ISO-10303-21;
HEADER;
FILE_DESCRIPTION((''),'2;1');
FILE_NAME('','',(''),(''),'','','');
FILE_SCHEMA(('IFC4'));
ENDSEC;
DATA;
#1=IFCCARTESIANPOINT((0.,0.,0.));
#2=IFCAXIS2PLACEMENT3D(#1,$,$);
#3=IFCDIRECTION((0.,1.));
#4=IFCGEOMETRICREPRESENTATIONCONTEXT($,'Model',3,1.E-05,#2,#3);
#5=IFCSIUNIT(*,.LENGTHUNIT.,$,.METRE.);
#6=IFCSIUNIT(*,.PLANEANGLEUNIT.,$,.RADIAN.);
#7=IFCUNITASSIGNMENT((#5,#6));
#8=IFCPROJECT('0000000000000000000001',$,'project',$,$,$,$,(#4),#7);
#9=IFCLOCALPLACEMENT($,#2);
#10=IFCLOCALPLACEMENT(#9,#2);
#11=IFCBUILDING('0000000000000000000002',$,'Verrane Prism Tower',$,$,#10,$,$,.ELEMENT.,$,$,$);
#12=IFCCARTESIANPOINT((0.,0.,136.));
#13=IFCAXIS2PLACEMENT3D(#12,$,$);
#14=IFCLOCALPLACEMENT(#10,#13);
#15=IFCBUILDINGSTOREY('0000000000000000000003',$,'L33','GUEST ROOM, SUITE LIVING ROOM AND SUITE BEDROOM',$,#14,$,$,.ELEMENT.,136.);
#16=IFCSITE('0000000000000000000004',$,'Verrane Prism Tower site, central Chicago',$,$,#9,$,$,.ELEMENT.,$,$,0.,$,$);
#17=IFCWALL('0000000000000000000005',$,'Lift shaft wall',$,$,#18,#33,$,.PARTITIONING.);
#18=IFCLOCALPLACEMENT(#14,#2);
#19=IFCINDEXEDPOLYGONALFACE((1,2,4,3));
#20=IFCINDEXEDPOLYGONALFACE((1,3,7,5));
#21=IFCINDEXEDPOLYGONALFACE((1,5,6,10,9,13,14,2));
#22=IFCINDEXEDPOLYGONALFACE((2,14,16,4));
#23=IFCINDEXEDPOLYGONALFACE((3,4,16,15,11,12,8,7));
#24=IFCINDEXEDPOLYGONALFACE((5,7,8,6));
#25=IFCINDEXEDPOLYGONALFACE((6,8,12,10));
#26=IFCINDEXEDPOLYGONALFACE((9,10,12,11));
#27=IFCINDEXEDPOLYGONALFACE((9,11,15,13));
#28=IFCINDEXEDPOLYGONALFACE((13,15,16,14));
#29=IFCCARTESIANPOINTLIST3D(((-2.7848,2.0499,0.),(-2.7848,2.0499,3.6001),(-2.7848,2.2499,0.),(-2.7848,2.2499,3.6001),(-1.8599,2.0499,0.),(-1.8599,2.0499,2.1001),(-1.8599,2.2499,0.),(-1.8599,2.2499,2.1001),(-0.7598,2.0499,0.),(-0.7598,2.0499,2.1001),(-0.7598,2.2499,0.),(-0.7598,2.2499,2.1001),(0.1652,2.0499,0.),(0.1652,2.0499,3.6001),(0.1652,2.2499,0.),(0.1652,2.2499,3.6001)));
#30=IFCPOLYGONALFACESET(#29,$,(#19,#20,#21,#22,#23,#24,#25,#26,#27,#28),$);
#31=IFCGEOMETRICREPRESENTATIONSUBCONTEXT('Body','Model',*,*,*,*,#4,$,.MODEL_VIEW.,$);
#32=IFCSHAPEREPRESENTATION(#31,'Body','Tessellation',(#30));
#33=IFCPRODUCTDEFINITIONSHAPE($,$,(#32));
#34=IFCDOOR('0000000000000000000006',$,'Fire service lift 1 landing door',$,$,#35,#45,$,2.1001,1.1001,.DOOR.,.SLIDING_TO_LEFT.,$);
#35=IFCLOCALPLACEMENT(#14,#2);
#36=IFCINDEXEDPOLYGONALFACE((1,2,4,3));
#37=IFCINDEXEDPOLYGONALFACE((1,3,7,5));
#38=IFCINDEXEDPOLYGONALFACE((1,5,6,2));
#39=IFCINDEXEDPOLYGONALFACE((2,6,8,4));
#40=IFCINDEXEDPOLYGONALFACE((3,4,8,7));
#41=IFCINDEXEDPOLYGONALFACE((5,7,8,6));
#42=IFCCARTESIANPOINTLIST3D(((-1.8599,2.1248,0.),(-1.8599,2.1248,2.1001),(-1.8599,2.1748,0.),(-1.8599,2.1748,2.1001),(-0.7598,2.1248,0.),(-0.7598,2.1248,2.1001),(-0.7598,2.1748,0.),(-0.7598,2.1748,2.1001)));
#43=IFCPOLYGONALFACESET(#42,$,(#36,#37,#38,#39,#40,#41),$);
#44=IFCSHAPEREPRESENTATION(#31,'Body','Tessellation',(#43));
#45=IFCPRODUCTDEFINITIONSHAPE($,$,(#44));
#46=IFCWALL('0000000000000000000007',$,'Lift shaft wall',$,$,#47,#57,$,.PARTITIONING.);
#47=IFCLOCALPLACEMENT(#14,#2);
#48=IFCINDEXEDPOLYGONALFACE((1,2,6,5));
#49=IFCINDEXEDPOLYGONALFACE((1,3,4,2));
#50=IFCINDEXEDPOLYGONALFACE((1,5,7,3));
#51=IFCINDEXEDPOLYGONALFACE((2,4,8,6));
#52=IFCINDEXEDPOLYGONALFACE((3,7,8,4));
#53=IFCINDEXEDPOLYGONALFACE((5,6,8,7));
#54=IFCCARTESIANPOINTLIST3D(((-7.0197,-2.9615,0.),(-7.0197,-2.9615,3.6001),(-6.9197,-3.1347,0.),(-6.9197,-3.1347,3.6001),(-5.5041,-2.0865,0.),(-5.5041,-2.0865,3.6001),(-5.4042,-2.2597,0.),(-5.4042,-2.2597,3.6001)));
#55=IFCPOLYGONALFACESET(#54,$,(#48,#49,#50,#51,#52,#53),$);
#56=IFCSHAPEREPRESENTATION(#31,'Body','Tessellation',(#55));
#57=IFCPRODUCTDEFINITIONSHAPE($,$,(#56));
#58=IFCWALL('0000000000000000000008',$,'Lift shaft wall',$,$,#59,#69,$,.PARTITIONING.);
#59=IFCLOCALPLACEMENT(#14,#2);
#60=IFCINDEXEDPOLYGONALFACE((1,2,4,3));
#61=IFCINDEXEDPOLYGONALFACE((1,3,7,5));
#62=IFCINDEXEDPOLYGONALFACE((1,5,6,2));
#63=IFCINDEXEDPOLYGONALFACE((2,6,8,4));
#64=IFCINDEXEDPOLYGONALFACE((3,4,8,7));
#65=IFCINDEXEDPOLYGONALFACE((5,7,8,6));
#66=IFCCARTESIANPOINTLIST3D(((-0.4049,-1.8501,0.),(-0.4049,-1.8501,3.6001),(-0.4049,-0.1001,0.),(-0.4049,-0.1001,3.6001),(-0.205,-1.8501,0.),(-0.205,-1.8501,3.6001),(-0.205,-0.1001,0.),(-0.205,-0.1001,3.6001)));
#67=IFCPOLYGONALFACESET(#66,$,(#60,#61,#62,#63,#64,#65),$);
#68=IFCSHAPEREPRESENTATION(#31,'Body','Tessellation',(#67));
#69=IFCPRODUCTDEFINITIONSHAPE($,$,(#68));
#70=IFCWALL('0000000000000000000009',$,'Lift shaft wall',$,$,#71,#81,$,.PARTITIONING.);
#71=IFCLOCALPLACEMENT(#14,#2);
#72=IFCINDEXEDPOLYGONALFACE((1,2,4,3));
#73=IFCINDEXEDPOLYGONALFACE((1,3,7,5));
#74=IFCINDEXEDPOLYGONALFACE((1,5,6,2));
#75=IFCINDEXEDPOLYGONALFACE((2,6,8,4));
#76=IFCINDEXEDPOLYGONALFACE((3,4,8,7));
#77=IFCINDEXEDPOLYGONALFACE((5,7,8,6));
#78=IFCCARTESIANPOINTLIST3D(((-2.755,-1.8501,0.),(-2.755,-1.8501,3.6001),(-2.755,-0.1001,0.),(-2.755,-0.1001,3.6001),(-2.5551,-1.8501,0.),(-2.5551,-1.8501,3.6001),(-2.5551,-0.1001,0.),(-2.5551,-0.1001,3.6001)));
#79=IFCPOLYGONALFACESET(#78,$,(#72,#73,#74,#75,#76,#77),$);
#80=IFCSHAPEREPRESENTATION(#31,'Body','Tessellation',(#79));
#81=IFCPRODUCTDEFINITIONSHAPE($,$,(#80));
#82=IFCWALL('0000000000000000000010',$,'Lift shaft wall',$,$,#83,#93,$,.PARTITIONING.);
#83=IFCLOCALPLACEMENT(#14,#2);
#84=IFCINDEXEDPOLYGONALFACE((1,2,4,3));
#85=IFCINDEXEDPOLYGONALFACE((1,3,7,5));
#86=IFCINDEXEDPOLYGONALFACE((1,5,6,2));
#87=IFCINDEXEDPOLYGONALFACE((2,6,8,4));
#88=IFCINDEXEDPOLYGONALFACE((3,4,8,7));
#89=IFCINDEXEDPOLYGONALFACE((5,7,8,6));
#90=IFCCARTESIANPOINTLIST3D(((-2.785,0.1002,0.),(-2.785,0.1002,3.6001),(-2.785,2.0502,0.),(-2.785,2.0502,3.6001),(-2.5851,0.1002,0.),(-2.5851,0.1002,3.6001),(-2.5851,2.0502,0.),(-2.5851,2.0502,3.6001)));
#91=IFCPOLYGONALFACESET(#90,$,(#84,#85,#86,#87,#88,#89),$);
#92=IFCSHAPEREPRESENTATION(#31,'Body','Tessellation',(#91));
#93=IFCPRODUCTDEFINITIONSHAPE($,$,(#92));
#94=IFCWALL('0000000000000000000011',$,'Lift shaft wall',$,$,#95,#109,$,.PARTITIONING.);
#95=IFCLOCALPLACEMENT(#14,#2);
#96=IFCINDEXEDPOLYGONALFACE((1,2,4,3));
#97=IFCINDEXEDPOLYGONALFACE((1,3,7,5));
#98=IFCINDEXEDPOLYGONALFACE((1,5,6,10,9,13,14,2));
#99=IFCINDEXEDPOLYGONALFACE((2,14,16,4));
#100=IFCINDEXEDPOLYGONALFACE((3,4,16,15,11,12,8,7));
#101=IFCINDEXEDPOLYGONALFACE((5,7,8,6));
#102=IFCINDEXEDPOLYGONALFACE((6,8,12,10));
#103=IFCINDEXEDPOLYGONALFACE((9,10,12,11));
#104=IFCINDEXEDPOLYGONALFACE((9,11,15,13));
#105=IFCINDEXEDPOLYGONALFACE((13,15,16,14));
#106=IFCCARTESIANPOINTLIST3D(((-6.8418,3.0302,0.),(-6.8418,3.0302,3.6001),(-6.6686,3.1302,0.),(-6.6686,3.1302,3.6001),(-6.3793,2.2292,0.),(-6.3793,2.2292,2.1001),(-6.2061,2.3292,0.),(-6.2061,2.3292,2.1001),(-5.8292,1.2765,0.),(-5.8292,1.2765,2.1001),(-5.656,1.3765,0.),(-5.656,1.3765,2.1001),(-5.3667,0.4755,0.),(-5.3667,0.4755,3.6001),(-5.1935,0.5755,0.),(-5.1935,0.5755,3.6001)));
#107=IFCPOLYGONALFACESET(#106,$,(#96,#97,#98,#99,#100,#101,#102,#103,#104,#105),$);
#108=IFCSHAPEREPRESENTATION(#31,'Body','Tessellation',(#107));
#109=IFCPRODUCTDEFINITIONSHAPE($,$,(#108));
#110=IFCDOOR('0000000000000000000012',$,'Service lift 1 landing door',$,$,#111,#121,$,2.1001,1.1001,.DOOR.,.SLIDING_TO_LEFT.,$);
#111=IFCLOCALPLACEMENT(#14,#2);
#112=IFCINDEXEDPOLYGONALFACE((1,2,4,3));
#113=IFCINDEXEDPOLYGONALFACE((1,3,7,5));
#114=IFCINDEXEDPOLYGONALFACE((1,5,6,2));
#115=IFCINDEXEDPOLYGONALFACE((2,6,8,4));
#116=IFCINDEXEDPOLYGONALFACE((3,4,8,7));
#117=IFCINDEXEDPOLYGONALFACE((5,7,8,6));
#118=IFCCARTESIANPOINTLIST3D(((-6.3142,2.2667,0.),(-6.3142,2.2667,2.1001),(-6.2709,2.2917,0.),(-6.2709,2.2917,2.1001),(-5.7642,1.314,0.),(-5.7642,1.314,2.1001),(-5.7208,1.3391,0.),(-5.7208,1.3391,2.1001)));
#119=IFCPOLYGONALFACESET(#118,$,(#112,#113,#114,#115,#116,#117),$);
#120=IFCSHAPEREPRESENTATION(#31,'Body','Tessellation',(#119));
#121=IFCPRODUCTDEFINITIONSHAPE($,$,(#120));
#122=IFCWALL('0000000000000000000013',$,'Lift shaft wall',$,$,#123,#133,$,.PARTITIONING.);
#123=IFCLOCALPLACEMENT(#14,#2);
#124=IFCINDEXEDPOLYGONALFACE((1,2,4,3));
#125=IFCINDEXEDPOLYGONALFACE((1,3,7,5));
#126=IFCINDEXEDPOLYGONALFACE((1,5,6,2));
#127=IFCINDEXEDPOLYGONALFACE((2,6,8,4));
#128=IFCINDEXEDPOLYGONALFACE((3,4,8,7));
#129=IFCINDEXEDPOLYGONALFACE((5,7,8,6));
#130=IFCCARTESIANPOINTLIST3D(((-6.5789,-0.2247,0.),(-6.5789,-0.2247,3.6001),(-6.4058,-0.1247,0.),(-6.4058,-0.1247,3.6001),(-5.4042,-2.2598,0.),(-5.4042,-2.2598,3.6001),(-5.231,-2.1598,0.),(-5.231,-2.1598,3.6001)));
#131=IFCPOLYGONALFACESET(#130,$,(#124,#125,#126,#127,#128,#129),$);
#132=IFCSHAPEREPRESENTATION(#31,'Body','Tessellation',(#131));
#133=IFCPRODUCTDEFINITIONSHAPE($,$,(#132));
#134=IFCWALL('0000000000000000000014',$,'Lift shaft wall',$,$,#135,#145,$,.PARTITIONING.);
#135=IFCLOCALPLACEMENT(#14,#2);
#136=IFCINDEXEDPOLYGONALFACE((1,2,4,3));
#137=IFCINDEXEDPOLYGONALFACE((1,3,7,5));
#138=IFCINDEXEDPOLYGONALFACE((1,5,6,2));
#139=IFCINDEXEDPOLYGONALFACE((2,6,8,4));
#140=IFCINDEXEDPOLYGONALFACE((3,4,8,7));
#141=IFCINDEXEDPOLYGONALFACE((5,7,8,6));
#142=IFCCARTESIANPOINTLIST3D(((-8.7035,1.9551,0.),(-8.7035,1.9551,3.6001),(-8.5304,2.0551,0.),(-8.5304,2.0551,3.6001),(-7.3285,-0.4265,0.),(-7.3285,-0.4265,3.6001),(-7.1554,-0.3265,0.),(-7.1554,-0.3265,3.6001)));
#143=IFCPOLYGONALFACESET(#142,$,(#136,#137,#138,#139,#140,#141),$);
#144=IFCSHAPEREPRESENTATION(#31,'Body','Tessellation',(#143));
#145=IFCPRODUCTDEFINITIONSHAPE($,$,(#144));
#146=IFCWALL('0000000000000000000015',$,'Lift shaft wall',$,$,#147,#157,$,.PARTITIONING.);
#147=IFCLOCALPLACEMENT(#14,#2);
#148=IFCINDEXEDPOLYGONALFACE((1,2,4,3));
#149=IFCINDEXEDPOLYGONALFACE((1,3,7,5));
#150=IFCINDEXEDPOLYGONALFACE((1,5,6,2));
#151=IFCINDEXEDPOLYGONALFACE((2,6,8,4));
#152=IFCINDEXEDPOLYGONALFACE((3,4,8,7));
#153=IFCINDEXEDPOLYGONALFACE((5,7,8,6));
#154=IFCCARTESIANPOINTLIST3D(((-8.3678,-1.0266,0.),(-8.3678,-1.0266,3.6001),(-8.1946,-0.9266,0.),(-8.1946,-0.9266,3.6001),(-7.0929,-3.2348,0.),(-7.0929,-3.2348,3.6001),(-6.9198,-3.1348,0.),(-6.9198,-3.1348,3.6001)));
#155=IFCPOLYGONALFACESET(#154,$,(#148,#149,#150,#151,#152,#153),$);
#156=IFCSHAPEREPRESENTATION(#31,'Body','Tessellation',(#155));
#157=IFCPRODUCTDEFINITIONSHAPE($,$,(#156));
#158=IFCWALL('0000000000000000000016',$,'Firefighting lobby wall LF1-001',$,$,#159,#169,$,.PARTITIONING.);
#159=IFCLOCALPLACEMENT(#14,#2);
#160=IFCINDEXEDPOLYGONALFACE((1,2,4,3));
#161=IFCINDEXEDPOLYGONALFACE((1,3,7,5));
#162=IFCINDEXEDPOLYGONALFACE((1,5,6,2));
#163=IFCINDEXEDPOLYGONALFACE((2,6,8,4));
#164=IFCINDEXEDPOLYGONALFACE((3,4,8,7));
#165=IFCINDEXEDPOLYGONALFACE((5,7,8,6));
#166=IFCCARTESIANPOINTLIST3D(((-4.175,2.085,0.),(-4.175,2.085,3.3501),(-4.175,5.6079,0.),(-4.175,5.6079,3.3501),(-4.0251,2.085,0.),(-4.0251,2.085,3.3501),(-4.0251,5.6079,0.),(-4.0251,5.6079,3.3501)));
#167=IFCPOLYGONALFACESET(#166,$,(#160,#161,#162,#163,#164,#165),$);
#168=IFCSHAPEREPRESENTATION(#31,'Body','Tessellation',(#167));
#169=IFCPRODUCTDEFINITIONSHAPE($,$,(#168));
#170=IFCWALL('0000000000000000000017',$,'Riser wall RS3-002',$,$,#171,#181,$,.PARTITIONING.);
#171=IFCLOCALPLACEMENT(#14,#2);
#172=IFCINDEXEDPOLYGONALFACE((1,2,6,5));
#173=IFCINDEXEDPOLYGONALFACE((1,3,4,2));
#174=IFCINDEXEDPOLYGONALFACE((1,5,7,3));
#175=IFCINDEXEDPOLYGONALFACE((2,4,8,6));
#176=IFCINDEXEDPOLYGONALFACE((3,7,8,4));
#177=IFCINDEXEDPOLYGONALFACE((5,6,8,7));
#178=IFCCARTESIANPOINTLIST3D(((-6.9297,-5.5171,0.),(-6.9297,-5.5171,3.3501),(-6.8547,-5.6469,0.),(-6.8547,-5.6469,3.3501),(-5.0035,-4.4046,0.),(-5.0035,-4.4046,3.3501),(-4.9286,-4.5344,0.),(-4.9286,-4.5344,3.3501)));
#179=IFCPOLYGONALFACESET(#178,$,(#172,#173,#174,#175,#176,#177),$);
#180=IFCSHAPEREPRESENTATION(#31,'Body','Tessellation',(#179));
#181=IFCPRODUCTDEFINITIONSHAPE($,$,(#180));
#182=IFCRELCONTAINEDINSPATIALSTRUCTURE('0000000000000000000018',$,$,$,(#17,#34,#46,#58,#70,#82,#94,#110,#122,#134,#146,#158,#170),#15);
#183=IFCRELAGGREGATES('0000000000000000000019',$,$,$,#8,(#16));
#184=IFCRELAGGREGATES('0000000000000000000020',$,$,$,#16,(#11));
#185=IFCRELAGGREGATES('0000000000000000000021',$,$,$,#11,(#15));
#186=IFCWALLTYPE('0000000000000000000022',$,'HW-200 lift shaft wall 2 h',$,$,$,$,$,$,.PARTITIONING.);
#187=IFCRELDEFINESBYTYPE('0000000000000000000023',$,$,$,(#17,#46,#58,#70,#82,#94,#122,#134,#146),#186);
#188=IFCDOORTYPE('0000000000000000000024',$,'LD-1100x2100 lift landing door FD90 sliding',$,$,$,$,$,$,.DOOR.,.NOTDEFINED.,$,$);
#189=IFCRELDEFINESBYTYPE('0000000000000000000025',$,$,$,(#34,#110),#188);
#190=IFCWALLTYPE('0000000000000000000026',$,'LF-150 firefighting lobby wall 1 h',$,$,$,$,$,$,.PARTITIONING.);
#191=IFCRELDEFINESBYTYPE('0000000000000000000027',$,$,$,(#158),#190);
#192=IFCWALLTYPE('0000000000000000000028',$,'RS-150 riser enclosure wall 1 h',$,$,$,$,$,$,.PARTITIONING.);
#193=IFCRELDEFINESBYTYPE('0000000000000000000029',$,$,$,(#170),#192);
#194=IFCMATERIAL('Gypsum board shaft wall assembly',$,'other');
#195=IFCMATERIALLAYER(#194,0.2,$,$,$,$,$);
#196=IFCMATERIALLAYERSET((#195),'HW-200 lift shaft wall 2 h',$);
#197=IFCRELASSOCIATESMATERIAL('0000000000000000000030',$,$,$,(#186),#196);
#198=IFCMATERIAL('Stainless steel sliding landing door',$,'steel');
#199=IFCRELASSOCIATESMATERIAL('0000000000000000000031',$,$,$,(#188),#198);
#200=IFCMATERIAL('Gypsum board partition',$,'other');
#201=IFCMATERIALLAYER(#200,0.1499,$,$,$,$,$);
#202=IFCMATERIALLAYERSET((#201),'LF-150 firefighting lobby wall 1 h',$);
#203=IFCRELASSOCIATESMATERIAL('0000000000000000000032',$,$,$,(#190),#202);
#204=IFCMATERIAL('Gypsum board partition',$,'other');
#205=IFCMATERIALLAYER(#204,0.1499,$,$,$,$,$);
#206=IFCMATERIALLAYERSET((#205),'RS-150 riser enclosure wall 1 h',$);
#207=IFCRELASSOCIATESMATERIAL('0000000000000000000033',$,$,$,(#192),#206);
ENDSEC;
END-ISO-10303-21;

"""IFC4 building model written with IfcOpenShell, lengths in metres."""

from ifc_helpers import new_model, si_unit, direction, frame, frame_2d, origin, place, context, subcontext, project, spatial, rectangle, extrude, material, layer, layer_set, type_object, element, fill, save


model = new_model("IFC4")

# Units and contexts
model_context = context("Model", 3, precision=1e-05, world=origin(), true_north=direction((0.0, 1.0)))
body_context = subcontext(model_context, "Body", "Model", "MODEL_VIEW")
ifc_project = project(units=[si_unit("LENGTHUNIT", "METRE"), si_unit("PLANEANGLEUNIT", "RADIAN")], contexts=[model_context])

# Site, building, storey
site_placement = place(None, origin())
site = spatial("IfcSite", under=ifc_project, at=site_placement, Name="Verrane Prism Tower site, central Chicago", CompositionType="ELEMENT", RefElevation=0.0)
building_placement = place(site_placement, origin())
building = spatial("IfcBuilding", under=site, at=building_placement, Name="Verrane Prism Tower", CompositionType="ELEMENT")
storey_placement = place(building_placement, frame((0.0, 0.0, 136.0)))
storey = spatial("IfcBuildingStorey", under=building, at=storey_placement, Name="L33", Description="GUEST ROOM, SUITE LIVING ROOM AND SUITE BEDROOM", CompositionType="ELEMENT", Elevation=136.0)

# Shared definitions
ifc_material_1 = material(Name="Gypsum board shaft wall assembly", Category="other")
ifc_layer_1 = layer(ifc_material_1, 0.2)
ifc_layer_set_1 = layer_set([ifc_layer_1], Name="HW-200 lift shaft wall 2 h")
wall_type_1 = type_object("IfcWallType", Name="HW-200 lift shaft wall 2 h", PredefinedType="PARTITIONING", material=ifc_layer_set_1)
ifc_material_2 = material(Name="Stainless steel sliding landing door", Category="steel")
door_type_1 = type_object("IfcDoorType", Name="LD-1100x2100 lift landing door FD90 sliding", OperationType="NOTDEFINED", PredefinedType="DOOR", material=ifc_material_2)

# Wall, opening, door
wall_1_placement = place(storey_placement, frame((-2.7849, 2.1499, 0.0), z_axis=(0.0, 0.0, 1.0), x_axis=(1.0, 0.0, 0.0)))
wall_1 = element("IfcWall", 1, at=wall_1_placement, inside=storey, type_object=wall_type_1, Name="Lift shaft wall", PredefinedType="PARTITIONING", context=body_context, shape_type="SweptSolid", body=[
    extrude(rectangle(XDim=2.95, YDim=0.2, at=frame_2d((1.4751, 0.0))), origin(), (0.0, 0.0, 1.0), 3.6001),
])
opening_1_placement = place(wall_1_placement, frame((0.925, 0.0, 0.0)))
opening_1 = element("IfcOpeningElement", 2, at=opening_1_placement, cuts=wall_1, PredefinedType="OPENING", context=body_context, shape_type="SweptSolid", body=[
    extrude(rectangle(XDim=1.1001, YDim=2.1001, at=frame_2d((0.55, 1.05))), frame((0.0, 0.1099, 0.0), z_axis=(0.0, -1.0, 0.0), x_axis=(1.0, 0.0, 0.0)), (0.0, 0.0, 1.0), 0.22),
])
door_1_placement = place(opening_1_placement, origin())
door_1 = element("IfcDoor", 3, at=door_1_placement, inside=storey, type_object=door_type_1, Name="Fire service lift 1 landing door", OperationType="SLIDING_TO_LEFT", OverallHeight=2.1001, OverallWidth=1.1001, PredefinedType="DOOR", context=body_context, shape_type="SweptSolid", body=[
    extrude(rectangle(XDim=1.1001, YDim=2.1001, at=frame_2d((0.55, 1.05))), frame((0.0, 0.0249, 0.0), z_axis=(0.0, -1.0, 0.0), x_axis=(1.0, 0.0, 0.0)), (0.0, 0.0, 1.0), 0.05),
])
fill(opening_1, door_1)

# Walls
for number, where, z_axis, x_axis, name in (
    (4, (-6.9697, -3.0481, 0.0), (0.0, 0.0, 1.0), (0.866037, 0.49998, 0.0), "Lift shaft wall"),
    (5, (-0.3049, -1.8501, 0.0), (0.0, 0.0, 1.0), (0.0, 1.0, 0.0), "Lift shaft wall"),
    (6, (-2.655, -1.8501, 0.0), (0.0, 0.0, 1.0), (0.0, 1.0, 0.0), "Lift shaft wall"),
):
    element("IfcWall", number, at=place(storey_placement, frame(where, z_axis=z_axis, x_axis=x_axis)), inside=storey, type_object=wall_type_1, Name=name, PredefinedType="PARTITIONING", context=body_context, shape_type="SweptSolid", body=[
        extrude(rectangle(XDim=1.75, YDim=0.2, at=frame_2d((0.875, 0.0))), origin(), (0.0, 0.0, 1.0), 3.6001),
    ])
wall_2_placement = place(storey_placement, frame((-2.6851, 0.1001, 0.0), z_axis=(0.0, 0.0, 1.0), x_axis=(0.0, 1.0, 0.0)))
element("IfcWall", 7, at=wall_2_placement, inside=storey, type_object=wall_type_1, Name="Lift shaft wall", PredefinedType="PARTITIONING", context=body_context, shape_type="SweptSolid", body=[
    extrude(rectangle(XDim=1.95, YDim=0.2, at=frame_2d((0.9751, 0.0))), origin(), (0.0, 0.0, 1.0), 3.6001),
])

# Wall, opening, door
wall_3_placement = place(storey_placement, frame((-5.28, 0.5254, 0.0), z_axis=(0.0, 0.0, 1.0), x_axis=(-0.500038, 0.866004, 0.0)))
wall_3 = element("IfcWall", 8, at=wall_3_placement, inside=storey, type_object=wall_type_1, Name="Lift shaft wall", PredefinedType="PARTITIONING", context=body_context, shape_type="SweptSolid", body=[
    extrude(rectangle(XDim=2.95, YDim=0.2, at=frame_2d((1.4751, 0.0))), origin(), (0.0, 0.0, 1.0), 3.6001),
])
opening_2_placement = place(wall_3_placement, frame((0.925, 0.0, 0.0)))
opening_2 = element("IfcOpeningElement", 9, at=opening_2_placement, cuts=wall_3, PredefinedType="OPENING", context=body_context, shape_type="SweptSolid", body=[
    extrude(rectangle(XDim=1.1001, YDim=2.1001, at=frame_2d((0.55, 1.05))), frame((0.0, 0.1099, 0.0), z_axis=(0.0, -1.0, 0.0), x_axis=(1.0, 0.0, 0.0)), (0.0, 0.0, 1.0), 0.22),
])
door_2_placement = place(opening_2_placement, origin())
door_2 = element("IfcDoor", 10, at=door_2_placement, inside=storey, type_object=door_type_1, Name="Service lift 1 landing door", OperationType="SLIDING_TO_LEFT", OverallHeight=2.1001, OverallWidth=1.1001, PredefinedType="DOOR", context=body_context, shape_type="SweptSolid", body=[
    extrude(rectangle(XDim=1.1001, YDim=2.1001, at=frame_2d((0.55, 1.05))), frame((0.0, 0.0249, 0.0), z_axis=(0.0, -1.0, 0.0), x_axis=(1.0, 0.0, 0.0)), (0.0, 0.0, 1.0), 0.05),
])
fill(opening_2, door_2)

# Walls
wall_4_placement = place(storey_placement, frame((-5.3176, -2.2097, 0.0), z_axis=(0.0, 0.0, 1.0), x_axis=(-0.499938, 0.866061, 0.0)))
element("IfcWall", 11, at=wall_4_placement, inside=storey, type_object=wall_type_1, Name="Lift shaft wall", PredefinedType="PARTITIONING", context=body_context, shape_type="SweptSolid", body=[
    extrude(rectangle(XDim=2.3499, YDim=0.2, at=frame_2d((1.1748, 0.0))), origin(), (0.0, 0.0, 1.0), 3.6001),
])
wall_5_placement = place(storey_placement, frame((-7.2419, -0.3765, 0.0), z_axis=(0.0, 0.0, 1.0), x_axis=(-0.499997, 0.866027, 0.0)))
element("IfcWall", 12, at=wall_5_placement, inside=storey, type_object=wall_type_1, Name="Lift shaft wall", PredefinedType="PARTITIONING", context=body_context, shape_type="SweptSolid", body=[
    extrude(rectangle(XDim=2.75, YDim=0.2, at=frame_2d((1.375, 0.0))), origin(), (0.0, 0.0, 1.0), 3.6001),
])
wall_6_placement = place(storey_placement, frame((-7.0063, -3.1848, 0.0), z_axis=(0.0, 0.0, 1.0), x_axis=(-0.49999, 0.866031, 0.0)))
element("IfcWall", 13, at=wall_6_placement, inside=storey, type_object=wall_type_1, Name="Lift shaft wall", PredefinedType="PARTITIONING", context=body_context, shape_type="SweptSolid", body=[
    extrude(rectangle(XDim=2.5498, YDim=0.2, at=frame_2d((1.2749, 0.0))), origin(), (0.0, 0.0, 1.0), 3.6001),
])
ifc_material_3 = material(Name="Gypsum board partition", Category="other")
ifc_layer_2 = layer(ifc_material_3, 0.1499)
ifc_layer_set_2 = layer_set([ifc_layer_2], Name="LF-150 firefighting lobby wall 1 h")
wall_type_2 = type_object("IfcWallType", Name="LF-150 firefighting lobby wall 1 h", PredefinedType="PARTITIONING", material=ifc_layer_set_2)
wall_7_placement = place(storey_placement, frame((-4.1001, 2.085, 0.0), z_axis=(0.0, 0.0, 1.0), x_axis=(0.0, 1.0, 0.0)))
element("IfcWall", 14, at=wall_7_placement, inside=storey, type_object=wall_type_2, Name="Firefighting lobby wall LF1-001", PredefinedType="PARTITIONING", context=body_context, shape_type="SweptSolid", body=[
    extrude(rectangle(XDim=3.5229, YDim=0.1499, at=frame_2d((1.7615, 0.0))), origin(), (0.0, 0.0, 1.0), 3.3501),
])
ifc_material_4 = material(Name="Gypsum board partition", Category="other")
ifc_layer_3 = layer(ifc_material_4, 0.1499)
ifc_layer_set_3 = layer_set([ifc_layer_3], Name="RS-150 riser enclosure wall 1 h")
wall_type_3 = type_object("IfcWallType", Name="RS-150 riser enclosure wall 1 h", PredefinedType="PARTITIONING", material=ifc_layer_set_3)
wall_8_placement = place(storey_placement, frame((-6.8923, -5.582, 0.0), z_axis=(0.0, 0.0, 1.0), x_axis=(0.865944, 0.50014, 0.0)))
element("IfcWall", 15, at=wall_8_placement, inside=storey, type_object=wall_type_3, Name="Riser wall RS3-002", PredefinedType="PARTITIONING", context=body_context, shape_type="SweptSolid", body=[
    extrude(rectangle(XDim=2.2244, YDim=0.1499, at=frame_2d((1.1123, 0.0))), origin(), (0.0, 0.0, 1.0), 3.3501),
])

save(model, "model.ifc")
